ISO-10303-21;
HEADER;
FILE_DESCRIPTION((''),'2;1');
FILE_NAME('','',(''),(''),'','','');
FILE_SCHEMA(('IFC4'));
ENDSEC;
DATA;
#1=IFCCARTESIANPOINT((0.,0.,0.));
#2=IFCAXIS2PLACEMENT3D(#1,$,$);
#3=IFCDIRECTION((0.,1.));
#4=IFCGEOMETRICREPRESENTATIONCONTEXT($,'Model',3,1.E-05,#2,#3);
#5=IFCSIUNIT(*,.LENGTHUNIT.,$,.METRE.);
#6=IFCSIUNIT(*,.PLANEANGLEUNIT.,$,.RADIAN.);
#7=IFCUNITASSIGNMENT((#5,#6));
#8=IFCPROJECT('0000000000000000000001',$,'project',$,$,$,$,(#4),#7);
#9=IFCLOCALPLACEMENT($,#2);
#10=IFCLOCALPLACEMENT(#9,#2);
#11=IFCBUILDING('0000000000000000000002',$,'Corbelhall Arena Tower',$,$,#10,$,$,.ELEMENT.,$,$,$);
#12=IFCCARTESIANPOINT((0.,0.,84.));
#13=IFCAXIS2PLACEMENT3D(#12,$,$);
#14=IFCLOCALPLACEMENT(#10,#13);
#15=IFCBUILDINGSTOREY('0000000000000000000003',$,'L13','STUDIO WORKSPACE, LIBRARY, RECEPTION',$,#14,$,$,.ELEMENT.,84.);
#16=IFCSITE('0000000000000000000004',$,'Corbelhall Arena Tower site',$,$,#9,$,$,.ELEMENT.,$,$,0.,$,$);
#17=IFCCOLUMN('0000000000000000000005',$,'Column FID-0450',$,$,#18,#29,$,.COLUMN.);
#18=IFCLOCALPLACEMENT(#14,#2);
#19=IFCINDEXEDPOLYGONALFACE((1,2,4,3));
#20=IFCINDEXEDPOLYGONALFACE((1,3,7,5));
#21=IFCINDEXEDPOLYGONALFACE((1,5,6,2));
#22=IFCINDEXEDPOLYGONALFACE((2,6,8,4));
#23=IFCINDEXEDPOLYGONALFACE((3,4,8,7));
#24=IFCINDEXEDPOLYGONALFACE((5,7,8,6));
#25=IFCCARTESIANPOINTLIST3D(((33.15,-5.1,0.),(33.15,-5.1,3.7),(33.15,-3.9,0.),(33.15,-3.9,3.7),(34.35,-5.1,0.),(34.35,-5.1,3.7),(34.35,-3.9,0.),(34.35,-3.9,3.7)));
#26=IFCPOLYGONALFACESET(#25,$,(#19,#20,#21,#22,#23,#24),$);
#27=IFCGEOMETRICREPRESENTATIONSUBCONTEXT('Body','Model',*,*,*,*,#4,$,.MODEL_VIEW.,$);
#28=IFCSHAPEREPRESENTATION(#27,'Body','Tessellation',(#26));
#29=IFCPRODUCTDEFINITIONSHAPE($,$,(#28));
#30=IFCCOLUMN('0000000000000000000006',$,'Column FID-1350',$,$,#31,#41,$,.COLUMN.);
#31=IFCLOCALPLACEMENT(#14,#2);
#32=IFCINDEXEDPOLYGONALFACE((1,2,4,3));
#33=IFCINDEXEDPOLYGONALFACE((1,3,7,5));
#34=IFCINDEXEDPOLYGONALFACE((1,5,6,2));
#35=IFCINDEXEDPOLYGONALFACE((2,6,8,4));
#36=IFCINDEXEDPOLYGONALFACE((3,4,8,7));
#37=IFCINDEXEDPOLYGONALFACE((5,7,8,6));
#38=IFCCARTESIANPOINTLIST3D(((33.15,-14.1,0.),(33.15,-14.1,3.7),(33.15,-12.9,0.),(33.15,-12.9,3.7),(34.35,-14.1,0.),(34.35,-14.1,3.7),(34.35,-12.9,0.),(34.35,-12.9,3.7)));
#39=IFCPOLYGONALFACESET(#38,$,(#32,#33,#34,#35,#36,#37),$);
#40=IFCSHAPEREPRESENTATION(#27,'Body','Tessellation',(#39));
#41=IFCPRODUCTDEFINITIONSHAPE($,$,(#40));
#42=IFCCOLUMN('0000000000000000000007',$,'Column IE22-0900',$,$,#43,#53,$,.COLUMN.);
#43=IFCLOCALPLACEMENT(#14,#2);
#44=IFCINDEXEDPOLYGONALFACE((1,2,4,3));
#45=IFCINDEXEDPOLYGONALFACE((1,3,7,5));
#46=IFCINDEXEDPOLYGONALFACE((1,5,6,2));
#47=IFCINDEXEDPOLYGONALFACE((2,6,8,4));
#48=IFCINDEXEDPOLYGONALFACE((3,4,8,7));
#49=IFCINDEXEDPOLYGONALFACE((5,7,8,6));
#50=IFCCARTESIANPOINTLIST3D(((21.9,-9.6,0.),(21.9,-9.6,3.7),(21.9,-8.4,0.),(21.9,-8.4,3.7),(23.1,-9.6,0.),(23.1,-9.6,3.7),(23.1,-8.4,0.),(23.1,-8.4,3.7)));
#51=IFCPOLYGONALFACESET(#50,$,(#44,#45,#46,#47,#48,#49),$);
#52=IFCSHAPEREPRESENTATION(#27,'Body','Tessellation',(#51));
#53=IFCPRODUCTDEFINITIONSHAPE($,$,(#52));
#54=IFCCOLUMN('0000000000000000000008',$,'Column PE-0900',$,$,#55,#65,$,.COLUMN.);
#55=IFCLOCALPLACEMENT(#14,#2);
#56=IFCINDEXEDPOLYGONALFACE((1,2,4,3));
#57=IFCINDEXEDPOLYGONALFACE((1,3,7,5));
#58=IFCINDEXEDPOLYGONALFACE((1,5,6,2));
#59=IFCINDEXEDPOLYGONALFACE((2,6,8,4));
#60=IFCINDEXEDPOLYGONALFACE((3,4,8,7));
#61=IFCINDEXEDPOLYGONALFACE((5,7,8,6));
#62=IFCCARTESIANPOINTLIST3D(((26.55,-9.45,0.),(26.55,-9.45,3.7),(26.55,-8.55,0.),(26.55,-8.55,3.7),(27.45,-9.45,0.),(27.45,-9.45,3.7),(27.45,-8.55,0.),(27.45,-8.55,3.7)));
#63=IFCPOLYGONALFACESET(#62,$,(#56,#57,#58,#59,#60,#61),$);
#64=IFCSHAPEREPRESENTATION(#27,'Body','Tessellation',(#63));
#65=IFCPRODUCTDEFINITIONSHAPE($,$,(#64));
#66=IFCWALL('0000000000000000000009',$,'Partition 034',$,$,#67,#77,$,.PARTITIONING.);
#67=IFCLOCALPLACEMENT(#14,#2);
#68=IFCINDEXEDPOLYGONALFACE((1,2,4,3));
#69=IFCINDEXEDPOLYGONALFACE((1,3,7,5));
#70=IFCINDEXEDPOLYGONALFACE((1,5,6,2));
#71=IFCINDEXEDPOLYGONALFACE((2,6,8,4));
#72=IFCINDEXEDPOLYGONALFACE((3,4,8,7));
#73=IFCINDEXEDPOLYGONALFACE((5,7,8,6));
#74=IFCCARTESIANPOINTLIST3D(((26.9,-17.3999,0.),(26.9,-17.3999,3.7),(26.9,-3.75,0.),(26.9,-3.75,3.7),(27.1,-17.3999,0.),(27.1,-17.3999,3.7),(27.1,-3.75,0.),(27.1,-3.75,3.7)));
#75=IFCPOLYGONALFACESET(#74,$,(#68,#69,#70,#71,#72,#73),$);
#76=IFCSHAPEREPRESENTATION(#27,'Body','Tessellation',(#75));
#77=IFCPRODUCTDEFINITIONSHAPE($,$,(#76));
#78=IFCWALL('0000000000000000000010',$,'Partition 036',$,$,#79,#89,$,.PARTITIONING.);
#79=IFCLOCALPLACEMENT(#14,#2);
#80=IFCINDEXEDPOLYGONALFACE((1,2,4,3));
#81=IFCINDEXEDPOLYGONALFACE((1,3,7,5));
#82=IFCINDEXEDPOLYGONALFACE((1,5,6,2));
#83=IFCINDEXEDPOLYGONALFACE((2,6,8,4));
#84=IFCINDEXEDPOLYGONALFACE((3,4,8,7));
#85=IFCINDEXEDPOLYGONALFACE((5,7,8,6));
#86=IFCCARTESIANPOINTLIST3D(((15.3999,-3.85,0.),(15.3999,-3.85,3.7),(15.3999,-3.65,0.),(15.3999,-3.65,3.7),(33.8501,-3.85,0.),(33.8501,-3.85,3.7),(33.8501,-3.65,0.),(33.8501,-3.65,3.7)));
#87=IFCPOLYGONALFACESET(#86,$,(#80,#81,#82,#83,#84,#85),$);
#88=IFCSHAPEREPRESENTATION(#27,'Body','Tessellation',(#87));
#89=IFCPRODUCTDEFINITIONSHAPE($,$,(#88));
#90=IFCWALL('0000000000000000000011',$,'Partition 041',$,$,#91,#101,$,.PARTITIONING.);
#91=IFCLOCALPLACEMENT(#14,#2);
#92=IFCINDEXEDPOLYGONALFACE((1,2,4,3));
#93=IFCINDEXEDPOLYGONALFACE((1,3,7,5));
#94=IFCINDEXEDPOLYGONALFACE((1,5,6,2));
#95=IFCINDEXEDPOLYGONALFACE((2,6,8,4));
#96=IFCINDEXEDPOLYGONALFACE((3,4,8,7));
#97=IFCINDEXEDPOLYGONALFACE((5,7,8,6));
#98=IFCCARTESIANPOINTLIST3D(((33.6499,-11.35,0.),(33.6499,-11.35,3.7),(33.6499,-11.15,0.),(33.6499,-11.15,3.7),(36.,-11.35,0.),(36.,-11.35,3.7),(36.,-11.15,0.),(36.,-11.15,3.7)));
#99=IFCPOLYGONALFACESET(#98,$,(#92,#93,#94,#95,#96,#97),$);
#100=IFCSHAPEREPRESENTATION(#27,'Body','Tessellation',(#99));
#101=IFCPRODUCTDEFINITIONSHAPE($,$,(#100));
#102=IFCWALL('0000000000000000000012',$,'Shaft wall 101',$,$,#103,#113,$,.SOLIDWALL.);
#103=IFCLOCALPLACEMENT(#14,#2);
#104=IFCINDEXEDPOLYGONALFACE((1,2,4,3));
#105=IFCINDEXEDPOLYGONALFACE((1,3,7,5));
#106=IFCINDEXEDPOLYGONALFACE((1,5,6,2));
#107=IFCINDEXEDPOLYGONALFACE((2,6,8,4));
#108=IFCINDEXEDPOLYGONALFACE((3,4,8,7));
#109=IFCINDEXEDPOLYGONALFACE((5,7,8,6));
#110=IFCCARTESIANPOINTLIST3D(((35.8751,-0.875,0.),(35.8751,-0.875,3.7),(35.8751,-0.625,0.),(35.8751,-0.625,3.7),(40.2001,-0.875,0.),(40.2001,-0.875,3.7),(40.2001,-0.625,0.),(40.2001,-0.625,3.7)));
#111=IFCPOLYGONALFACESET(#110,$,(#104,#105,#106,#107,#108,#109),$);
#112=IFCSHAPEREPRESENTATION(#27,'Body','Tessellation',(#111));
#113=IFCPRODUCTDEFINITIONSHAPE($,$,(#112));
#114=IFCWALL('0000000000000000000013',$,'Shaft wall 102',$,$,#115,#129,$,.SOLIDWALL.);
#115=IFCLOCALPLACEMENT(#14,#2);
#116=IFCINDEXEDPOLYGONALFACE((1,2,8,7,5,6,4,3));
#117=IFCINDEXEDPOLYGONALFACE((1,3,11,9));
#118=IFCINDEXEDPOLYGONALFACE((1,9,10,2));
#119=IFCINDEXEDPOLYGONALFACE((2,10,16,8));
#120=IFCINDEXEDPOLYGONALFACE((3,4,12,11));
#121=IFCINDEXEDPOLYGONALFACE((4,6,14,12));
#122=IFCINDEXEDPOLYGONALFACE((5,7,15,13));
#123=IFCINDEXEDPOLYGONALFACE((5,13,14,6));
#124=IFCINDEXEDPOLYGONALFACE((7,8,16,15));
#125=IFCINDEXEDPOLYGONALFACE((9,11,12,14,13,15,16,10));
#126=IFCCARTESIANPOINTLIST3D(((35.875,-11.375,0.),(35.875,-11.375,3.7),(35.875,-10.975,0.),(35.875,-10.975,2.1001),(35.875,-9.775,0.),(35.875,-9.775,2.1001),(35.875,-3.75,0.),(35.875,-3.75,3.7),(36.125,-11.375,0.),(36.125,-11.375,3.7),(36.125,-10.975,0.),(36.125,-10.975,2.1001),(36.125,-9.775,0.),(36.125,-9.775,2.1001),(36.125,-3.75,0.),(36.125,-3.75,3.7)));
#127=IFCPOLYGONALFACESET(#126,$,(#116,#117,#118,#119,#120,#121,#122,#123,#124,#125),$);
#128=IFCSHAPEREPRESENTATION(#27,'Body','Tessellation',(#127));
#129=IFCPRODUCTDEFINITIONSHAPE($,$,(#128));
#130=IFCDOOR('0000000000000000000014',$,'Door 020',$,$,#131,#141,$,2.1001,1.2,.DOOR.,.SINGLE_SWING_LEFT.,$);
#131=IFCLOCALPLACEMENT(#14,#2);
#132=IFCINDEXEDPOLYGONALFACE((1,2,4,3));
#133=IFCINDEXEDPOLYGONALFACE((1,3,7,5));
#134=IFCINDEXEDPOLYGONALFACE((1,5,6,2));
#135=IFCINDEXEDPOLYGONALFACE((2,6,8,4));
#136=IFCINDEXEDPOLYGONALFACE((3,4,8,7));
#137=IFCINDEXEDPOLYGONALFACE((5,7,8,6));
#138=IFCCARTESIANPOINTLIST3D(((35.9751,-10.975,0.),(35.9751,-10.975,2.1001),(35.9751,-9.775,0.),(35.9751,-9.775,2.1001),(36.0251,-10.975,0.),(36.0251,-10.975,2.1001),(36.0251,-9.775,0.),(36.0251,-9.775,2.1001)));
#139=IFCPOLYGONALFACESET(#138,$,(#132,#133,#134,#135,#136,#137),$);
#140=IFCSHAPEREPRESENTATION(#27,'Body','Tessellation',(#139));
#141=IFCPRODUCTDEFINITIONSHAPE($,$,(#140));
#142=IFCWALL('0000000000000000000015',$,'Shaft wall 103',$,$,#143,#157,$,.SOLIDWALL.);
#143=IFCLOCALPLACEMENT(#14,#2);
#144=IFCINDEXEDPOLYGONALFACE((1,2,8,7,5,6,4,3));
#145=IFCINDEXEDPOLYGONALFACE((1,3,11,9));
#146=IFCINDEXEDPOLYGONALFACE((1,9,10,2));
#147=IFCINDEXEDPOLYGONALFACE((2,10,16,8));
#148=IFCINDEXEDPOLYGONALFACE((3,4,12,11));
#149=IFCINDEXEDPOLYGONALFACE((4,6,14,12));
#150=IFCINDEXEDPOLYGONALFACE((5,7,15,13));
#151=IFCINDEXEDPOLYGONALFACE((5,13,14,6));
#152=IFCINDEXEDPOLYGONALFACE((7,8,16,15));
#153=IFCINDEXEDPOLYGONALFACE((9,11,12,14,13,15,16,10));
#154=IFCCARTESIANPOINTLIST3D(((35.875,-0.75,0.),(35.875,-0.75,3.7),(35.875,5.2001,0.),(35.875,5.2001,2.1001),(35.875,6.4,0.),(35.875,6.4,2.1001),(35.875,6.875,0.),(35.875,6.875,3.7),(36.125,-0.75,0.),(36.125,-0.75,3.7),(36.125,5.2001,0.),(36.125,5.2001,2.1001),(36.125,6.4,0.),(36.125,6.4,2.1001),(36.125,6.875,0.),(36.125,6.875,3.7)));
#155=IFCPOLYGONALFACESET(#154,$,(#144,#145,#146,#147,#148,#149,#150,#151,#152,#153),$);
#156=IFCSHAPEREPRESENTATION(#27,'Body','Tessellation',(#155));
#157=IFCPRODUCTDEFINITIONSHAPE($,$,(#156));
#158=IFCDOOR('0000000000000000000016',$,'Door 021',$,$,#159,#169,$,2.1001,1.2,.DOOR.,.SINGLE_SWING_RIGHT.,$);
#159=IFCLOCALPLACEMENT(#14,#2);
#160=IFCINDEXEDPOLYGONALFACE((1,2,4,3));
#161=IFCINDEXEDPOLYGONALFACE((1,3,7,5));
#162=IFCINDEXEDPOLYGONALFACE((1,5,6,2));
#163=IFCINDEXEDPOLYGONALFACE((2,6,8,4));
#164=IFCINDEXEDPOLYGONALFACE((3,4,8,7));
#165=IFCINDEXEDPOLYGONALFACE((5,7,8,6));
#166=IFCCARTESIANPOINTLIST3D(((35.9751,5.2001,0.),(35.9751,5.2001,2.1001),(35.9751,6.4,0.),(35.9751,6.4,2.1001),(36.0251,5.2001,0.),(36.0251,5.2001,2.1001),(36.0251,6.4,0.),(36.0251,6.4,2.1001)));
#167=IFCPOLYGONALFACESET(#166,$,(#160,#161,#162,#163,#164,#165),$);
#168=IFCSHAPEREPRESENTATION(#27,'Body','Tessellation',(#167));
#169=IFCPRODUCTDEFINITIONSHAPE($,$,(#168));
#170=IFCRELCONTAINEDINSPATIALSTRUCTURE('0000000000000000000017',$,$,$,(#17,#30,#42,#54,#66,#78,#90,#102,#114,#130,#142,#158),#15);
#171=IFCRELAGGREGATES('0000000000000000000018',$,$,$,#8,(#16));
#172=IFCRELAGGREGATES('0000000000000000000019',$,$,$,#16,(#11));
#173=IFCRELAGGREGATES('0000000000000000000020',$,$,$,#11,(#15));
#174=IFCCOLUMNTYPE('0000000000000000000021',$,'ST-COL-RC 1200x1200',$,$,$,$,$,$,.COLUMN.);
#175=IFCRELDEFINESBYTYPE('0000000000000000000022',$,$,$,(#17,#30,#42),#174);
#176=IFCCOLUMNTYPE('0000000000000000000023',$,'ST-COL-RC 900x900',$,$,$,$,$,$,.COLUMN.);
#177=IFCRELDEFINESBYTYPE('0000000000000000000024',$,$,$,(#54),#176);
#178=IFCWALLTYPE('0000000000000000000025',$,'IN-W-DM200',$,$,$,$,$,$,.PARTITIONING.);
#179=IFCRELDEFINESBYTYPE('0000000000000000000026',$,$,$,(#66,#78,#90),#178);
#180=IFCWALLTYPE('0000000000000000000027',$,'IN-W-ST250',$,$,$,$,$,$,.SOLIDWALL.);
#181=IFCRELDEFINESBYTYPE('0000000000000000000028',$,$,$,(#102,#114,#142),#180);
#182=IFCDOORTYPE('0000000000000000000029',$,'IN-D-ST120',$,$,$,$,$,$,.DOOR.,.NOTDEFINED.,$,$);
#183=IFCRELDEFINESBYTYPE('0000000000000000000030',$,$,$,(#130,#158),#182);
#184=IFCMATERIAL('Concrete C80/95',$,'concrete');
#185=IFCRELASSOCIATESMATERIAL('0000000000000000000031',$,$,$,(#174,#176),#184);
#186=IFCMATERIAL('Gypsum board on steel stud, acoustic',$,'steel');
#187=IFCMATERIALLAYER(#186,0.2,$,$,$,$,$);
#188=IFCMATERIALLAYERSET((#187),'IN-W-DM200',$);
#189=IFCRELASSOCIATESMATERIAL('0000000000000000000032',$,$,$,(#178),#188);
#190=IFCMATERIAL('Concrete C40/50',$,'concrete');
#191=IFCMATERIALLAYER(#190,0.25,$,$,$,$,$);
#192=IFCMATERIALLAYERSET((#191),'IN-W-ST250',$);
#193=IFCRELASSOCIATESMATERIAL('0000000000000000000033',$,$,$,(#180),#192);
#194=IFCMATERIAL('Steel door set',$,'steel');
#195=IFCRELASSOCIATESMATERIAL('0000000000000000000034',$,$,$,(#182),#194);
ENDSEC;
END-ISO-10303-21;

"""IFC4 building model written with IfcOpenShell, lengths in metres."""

from ifc_helpers import new_model, si_unit, direction, frame, frame_2d, origin, origin_2d, place, context, subcontext, project, spatial, rectangle, extrude, material, layer, layer_set, material_profile, profile_set, type_object, element, fill, save


model = new_model("IFC4")

# Units and contexts
model_context = context("Model", 3, precision=1e-05, world=origin(), true_north=direction((0.0, 1.0)))
body_context = subcontext(model_context, "Body", "Model", "MODEL_VIEW")
ifc_project = project(units=[si_unit("LENGTHUNIT", "METRE"), si_unit("PLANEANGLEUNIT", "RADIAN")], contexts=[model_context])

# Site, building, storey
site_placement = place(None, origin())
site = spatial("IfcSite", under=ifc_project, at=site_placement, Name="Corbelhall Arena Tower site", CompositionType="ELEMENT", RefElevation=0.0)
building_placement = place(site_placement, origin())
building = spatial("IfcBuilding", under=site, at=building_placement, Name="Corbelhall Arena Tower", CompositionType="ELEMENT")
storey_placement = place(building_placement, frame((0.0, 0.0, 84.0)))
storey = spatial("IfcBuildingStorey", under=building, at=storey_placement, Name="L13", Description="STUDIO WORKSPACE, LIBRARY, RECEPTION", CompositionType="ELEMENT", Elevation=84.0)

# Columns
ifc_material_1 = material(Name="Concrete C80/95", Category="concrete")
ifc_material_profile_1 = material_profile(ifc_material_1, rectangle(XDim=1.2, YDim=1.2, at=origin_2d()))
ifc_profile_set_1 = profile_set([ifc_material_profile_1], Name="Concrete C80/95")
column_type_1 = type_object("IfcColumnType", Name="ST-COL-RC 1200x1200", PredefinedType="COLUMN", material=ifc_profile_set_1)
for number, where, z_axis, x_axis, name in (
    (1, (33.75, -4.5, 0.0), (0.0, 0.0, 1.0), (1.0, 0.0, 0.0), "Column FID-0450"),
    (2, (33.75, -13.5, 0.0), (0.0, 0.0, 1.0), (1.0, 0.0, 0.0), "Column FID-1350"),
    (3, (22.5, -9.0, 0.0), (0.0, 0.0, 1.0), (1.0, 0.0, 0.0), "Column IE22-0900"),
):
    element("IfcColumn", number, at=place(storey_placement, frame(where, z_axis=z_axis, x_axis=x_axis)), inside=storey, type_object=column_type_1, Name=name, PredefinedType="COLUMN", context=body_context, shape_type="SweptSolid", body=[
        extrude(rectangle(XDim=1.2, YDim=1.2, at=origin_2d()), origin(), (0.0, 0.0, 1.0), 3.7),
    ])
ifc_material_profile_2 = material_profile(ifc_material_1, rectangle(XDim=0.8999, YDim=0.8999, at=origin_2d()))
ifc_profile_set_2 = profile_set([ifc_material_profile_2], Name="Concrete C80/95")
column_type_2 = type_object("IfcColumnType", Name="ST-COL-RC 900x900", PredefinedType="COLUMN", material=ifc_profile_set_2)
column_placement = place(storey_placement, frame((27.0, -9.0, 0.0), z_axis=(0.0, 0.0, 1.0), x_axis=(1.0, 0.0, 0.0)))
element("IfcColumn", 4, at=column_placement, inside=storey, type_object=column_type_2, Name="Column PE-0900", PredefinedType="COLUMN", context=body_context, shape_type="SweptSolid", body=[
    extrude(rectangle(XDim=0.8999, YDim=0.8999, at=origin_2d()), origin(), (0.0, 0.0, 1.0), 3.7),
])

# Walls
ifc_material_2 = material(Name="Gypsum board on steel stud, acoustic", Category="steel")
ifc_layer_1 = layer(ifc_material_2, 0.2)
ifc_layer_set_1 = layer_set([ifc_layer_1], Name="IN-W-DM200")
wall_type_1 = type_object("IfcWallType", Name="IN-W-DM200", PredefinedType="PARTITIONING", material=ifc_layer_set_1)
wall_1_placement = place(storey_placement, frame((27.0, -3.75, 0.0), z_axis=(0.0, 0.0, 1.0), x_axis=(0.0, -1.0, 0.0)))
element("IfcWall", 5, at=wall_1_placement, inside=storey, type_object=wall_type_1, Name="Partition 034", PredefinedType="PARTITIONING", context=body_context, shape_type="SweptSolid", body=[
    extrude(rectangle(XDim=13.6499, YDim=0.2, at=frame_2d((6.825, 0.0))), origin(), (0.0, 0.0, 1.0), 3.7),
])
wall_2_placement = place(storey_placement, frame((33.8501, -3.75, 0.0), z_axis=(0.0, 0.0, 1.0), x_axis=(-1.0, 0.0, 0.0)))
element("IfcWall", 6, at=wall_2_placement, inside=storey, type_object=wall_type_1, Name="Partition 036", PredefinedType="PARTITIONING", context=body_context, shape_type="SweptSolid", body=[
    extrude(rectangle(XDim=18.4502, YDim=0.2, at=frame_2d((9.2251, 0.0))), origin(), (0.0, 0.0, 1.0), 3.7),
])

# Shared definitions
ifc_material_3 = material(Name="Steel door set", Category="steel")

# Walls
wall_3_placement = place(storey_placement, frame((36.0, -11.25, 0.0), z_axis=(0.0, 0.0, 1.0), x_axis=(-1.0, 0.0, 0.0)))
element("IfcWall", 7, at=wall_3_placement, inside=storey, type_object=wall_type_1, Name="Partition 041", PredefinedType="PARTITIONING", context=body_context, shape_type="SweptSolid", body=[
    extrude(rectangle(XDim=2.3501, YDim=0.2, at=frame_2d((1.175, 0.0))), origin(), (0.0, 0.0, 1.0), 3.7),
])
ifc_material_4 = material(Name="Concrete C40/50", Category="concrete")
ifc_layer_2 = layer(ifc_material_4, 0.25)
ifc_layer_set_2 = layer_set([ifc_layer_2], Name="IN-W-ST250")
wall_type_2 = type_object("IfcWallType", Name="IN-W-ST250", PredefinedType="SOLIDWALL", material=ifc_layer_set_2)
wall_4_placement = place(storey_placement, frame((35.875, -0.75, 0.0), z_axis=(0.0, 0.0, 1.0), x_axis=(1.0, 0.0, 0.0)))
element("IfcWall", 8, at=wall_4_placement, inside=storey, type_object=wall_type_2, Name="Shaft wall 101", PredefinedType="SOLIDWALL", context=body_context, shape_type="SweptSolid", body=[
    extrude(rectangle(XDim=4.325, YDim=0.25, at=frame_2d((2.1626, 0.0))), origin(), (0.0, 0.0, 1.0), 3.7),
])

# Walls, openings, doors
wall_5_placement = place(storey_placement, frame((36.0, -11.375, 0.0), z_axis=(0.0, 0.0, 1.0), x_axis=(0.0, 1.0, 0.0)))
wall_5 = element("IfcWall", 9, at=wall_5_placement, inside=storey, type_object=wall_type_2, Name="Shaft wall 102", PredefinedType="SOLIDWALL", context=body_context, shape_type="SweptSolid", body=[
    extrude(rectangle(XDim=7.625, YDim=0.25, at=frame_2d((3.8125, 0.0))), origin(), (0.0, 0.0, 1.0), 3.7),
])
opening_1_placement = place(wall_5_placement, frame((0.3999, 0.0, 0.0)))
opening_1 = element("IfcOpeningElement", 10, at=opening_1_placement, cuts=wall_5, PredefinedType="OPENING", context=body_context, shape_type="SweptSolid", body=[
    extrude(rectangle(XDim=1.2, YDim=2.1001, at=frame_2d((0.6001, 1.05))), frame((0.0, 0.125, 0.0), z_axis=(0.0, -1.0, 0.0), x_axis=(1.0, 0.0, 0.0)), (0.0, 0.0, 1.0), 0.25),
])
door_type_1 = type_object("IfcDoorType", Name="IN-D-ST120", OperationType="NOTDEFINED", PredefinedType="DOOR", material=ifc_material_3)
door_1_placement = place(opening_1_placement, origin())
door_1 = element("IfcDoor", 11, at=door_1_placement, inside=storey, type_object=door_type_1, Name="Door 020", OperationType="SINGLE_SWING_LEFT", OverallHeight=2.1001, OverallWidth=1.2, PredefinedType="DOOR", context=body_context, shape_type="SweptSolid", body=[
    extrude(rectangle(XDim=1.2, YDim=2.1001, at=frame_2d((0.6001, 1.05))), frame((0.0, 0.0249, 0.0), z_axis=(0.0, -1.0, 0.0), x_axis=(1.0, 0.0, 0.0)), (0.0, 0.0, 1.0), 0.05),
])
fill(opening_1, door_1)
wall_6_placement = place(storey_placement, frame((36.0, -0.75, 0.0), z_axis=(0.0, 0.0, 1.0), x_axis=(0.0, 1.0, 0.0)))
wall_6 = element("IfcWall", 12, at=wall_6_placement, inside=storey, type_object=wall_type_2, Name="Shaft wall 103", PredefinedType="SOLIDWALL", context=body_context, shape_type="SweptSolid", body=[
    extrude(rectangle(XDim=7.625, YDim=0.25, at=frame_2d((3.8125, 0.0))), origin(), (0.0, 0.0, 1.0), 3.7),
])
opening_2_placement = place(wall_6_placement, frame((5.95, 0.0, 0.0)))
opening_2 = element("IfcOpeningElement", 13, at=opening_2_placement, cuts=wall_6, PredefinedType="OPENING", context=body_context, shape_type="SweptSolid", body=[
    extrude(rectangle(XDim=1.2, YDim=2.1001, at=frame_2d((0.6001, 1.05))), frame((0.0, 0.125, 0.0), z_axis=(0.0, -1.0, 0.0), x_axis=(1.0, 0.0, 0.0)), (0.0, 0.0, 1.0), 0.25),
])
door_2_placement = place(opening_2_placement, origin())
door_2 = element("IfcDoor", 14, at=door_2_placement, inside=storey, type_object=door_type_1, Name="Door 021", OperationType="SINGLE_SWING_RIGHT", OverallHeight=2.1001, OverallWidth=1.2, PredefinedType="DOOR", context=body_context, shape_type="SweptSolid", body=[
    extrude(rectangle(XDim=1.2, YDim=2.1001, at=frame_2d((0.6001, 1.05))), frame((0.0, 0.0249, 0.0), z_axis=(0.0, -1.0, 0.0), x_axis=(1.0, 0.0, 0.0)), (0.0, 0.0, 1.0), 0.05),
])
fill(opening_2, door_2)

save(model, "model.ifc")
